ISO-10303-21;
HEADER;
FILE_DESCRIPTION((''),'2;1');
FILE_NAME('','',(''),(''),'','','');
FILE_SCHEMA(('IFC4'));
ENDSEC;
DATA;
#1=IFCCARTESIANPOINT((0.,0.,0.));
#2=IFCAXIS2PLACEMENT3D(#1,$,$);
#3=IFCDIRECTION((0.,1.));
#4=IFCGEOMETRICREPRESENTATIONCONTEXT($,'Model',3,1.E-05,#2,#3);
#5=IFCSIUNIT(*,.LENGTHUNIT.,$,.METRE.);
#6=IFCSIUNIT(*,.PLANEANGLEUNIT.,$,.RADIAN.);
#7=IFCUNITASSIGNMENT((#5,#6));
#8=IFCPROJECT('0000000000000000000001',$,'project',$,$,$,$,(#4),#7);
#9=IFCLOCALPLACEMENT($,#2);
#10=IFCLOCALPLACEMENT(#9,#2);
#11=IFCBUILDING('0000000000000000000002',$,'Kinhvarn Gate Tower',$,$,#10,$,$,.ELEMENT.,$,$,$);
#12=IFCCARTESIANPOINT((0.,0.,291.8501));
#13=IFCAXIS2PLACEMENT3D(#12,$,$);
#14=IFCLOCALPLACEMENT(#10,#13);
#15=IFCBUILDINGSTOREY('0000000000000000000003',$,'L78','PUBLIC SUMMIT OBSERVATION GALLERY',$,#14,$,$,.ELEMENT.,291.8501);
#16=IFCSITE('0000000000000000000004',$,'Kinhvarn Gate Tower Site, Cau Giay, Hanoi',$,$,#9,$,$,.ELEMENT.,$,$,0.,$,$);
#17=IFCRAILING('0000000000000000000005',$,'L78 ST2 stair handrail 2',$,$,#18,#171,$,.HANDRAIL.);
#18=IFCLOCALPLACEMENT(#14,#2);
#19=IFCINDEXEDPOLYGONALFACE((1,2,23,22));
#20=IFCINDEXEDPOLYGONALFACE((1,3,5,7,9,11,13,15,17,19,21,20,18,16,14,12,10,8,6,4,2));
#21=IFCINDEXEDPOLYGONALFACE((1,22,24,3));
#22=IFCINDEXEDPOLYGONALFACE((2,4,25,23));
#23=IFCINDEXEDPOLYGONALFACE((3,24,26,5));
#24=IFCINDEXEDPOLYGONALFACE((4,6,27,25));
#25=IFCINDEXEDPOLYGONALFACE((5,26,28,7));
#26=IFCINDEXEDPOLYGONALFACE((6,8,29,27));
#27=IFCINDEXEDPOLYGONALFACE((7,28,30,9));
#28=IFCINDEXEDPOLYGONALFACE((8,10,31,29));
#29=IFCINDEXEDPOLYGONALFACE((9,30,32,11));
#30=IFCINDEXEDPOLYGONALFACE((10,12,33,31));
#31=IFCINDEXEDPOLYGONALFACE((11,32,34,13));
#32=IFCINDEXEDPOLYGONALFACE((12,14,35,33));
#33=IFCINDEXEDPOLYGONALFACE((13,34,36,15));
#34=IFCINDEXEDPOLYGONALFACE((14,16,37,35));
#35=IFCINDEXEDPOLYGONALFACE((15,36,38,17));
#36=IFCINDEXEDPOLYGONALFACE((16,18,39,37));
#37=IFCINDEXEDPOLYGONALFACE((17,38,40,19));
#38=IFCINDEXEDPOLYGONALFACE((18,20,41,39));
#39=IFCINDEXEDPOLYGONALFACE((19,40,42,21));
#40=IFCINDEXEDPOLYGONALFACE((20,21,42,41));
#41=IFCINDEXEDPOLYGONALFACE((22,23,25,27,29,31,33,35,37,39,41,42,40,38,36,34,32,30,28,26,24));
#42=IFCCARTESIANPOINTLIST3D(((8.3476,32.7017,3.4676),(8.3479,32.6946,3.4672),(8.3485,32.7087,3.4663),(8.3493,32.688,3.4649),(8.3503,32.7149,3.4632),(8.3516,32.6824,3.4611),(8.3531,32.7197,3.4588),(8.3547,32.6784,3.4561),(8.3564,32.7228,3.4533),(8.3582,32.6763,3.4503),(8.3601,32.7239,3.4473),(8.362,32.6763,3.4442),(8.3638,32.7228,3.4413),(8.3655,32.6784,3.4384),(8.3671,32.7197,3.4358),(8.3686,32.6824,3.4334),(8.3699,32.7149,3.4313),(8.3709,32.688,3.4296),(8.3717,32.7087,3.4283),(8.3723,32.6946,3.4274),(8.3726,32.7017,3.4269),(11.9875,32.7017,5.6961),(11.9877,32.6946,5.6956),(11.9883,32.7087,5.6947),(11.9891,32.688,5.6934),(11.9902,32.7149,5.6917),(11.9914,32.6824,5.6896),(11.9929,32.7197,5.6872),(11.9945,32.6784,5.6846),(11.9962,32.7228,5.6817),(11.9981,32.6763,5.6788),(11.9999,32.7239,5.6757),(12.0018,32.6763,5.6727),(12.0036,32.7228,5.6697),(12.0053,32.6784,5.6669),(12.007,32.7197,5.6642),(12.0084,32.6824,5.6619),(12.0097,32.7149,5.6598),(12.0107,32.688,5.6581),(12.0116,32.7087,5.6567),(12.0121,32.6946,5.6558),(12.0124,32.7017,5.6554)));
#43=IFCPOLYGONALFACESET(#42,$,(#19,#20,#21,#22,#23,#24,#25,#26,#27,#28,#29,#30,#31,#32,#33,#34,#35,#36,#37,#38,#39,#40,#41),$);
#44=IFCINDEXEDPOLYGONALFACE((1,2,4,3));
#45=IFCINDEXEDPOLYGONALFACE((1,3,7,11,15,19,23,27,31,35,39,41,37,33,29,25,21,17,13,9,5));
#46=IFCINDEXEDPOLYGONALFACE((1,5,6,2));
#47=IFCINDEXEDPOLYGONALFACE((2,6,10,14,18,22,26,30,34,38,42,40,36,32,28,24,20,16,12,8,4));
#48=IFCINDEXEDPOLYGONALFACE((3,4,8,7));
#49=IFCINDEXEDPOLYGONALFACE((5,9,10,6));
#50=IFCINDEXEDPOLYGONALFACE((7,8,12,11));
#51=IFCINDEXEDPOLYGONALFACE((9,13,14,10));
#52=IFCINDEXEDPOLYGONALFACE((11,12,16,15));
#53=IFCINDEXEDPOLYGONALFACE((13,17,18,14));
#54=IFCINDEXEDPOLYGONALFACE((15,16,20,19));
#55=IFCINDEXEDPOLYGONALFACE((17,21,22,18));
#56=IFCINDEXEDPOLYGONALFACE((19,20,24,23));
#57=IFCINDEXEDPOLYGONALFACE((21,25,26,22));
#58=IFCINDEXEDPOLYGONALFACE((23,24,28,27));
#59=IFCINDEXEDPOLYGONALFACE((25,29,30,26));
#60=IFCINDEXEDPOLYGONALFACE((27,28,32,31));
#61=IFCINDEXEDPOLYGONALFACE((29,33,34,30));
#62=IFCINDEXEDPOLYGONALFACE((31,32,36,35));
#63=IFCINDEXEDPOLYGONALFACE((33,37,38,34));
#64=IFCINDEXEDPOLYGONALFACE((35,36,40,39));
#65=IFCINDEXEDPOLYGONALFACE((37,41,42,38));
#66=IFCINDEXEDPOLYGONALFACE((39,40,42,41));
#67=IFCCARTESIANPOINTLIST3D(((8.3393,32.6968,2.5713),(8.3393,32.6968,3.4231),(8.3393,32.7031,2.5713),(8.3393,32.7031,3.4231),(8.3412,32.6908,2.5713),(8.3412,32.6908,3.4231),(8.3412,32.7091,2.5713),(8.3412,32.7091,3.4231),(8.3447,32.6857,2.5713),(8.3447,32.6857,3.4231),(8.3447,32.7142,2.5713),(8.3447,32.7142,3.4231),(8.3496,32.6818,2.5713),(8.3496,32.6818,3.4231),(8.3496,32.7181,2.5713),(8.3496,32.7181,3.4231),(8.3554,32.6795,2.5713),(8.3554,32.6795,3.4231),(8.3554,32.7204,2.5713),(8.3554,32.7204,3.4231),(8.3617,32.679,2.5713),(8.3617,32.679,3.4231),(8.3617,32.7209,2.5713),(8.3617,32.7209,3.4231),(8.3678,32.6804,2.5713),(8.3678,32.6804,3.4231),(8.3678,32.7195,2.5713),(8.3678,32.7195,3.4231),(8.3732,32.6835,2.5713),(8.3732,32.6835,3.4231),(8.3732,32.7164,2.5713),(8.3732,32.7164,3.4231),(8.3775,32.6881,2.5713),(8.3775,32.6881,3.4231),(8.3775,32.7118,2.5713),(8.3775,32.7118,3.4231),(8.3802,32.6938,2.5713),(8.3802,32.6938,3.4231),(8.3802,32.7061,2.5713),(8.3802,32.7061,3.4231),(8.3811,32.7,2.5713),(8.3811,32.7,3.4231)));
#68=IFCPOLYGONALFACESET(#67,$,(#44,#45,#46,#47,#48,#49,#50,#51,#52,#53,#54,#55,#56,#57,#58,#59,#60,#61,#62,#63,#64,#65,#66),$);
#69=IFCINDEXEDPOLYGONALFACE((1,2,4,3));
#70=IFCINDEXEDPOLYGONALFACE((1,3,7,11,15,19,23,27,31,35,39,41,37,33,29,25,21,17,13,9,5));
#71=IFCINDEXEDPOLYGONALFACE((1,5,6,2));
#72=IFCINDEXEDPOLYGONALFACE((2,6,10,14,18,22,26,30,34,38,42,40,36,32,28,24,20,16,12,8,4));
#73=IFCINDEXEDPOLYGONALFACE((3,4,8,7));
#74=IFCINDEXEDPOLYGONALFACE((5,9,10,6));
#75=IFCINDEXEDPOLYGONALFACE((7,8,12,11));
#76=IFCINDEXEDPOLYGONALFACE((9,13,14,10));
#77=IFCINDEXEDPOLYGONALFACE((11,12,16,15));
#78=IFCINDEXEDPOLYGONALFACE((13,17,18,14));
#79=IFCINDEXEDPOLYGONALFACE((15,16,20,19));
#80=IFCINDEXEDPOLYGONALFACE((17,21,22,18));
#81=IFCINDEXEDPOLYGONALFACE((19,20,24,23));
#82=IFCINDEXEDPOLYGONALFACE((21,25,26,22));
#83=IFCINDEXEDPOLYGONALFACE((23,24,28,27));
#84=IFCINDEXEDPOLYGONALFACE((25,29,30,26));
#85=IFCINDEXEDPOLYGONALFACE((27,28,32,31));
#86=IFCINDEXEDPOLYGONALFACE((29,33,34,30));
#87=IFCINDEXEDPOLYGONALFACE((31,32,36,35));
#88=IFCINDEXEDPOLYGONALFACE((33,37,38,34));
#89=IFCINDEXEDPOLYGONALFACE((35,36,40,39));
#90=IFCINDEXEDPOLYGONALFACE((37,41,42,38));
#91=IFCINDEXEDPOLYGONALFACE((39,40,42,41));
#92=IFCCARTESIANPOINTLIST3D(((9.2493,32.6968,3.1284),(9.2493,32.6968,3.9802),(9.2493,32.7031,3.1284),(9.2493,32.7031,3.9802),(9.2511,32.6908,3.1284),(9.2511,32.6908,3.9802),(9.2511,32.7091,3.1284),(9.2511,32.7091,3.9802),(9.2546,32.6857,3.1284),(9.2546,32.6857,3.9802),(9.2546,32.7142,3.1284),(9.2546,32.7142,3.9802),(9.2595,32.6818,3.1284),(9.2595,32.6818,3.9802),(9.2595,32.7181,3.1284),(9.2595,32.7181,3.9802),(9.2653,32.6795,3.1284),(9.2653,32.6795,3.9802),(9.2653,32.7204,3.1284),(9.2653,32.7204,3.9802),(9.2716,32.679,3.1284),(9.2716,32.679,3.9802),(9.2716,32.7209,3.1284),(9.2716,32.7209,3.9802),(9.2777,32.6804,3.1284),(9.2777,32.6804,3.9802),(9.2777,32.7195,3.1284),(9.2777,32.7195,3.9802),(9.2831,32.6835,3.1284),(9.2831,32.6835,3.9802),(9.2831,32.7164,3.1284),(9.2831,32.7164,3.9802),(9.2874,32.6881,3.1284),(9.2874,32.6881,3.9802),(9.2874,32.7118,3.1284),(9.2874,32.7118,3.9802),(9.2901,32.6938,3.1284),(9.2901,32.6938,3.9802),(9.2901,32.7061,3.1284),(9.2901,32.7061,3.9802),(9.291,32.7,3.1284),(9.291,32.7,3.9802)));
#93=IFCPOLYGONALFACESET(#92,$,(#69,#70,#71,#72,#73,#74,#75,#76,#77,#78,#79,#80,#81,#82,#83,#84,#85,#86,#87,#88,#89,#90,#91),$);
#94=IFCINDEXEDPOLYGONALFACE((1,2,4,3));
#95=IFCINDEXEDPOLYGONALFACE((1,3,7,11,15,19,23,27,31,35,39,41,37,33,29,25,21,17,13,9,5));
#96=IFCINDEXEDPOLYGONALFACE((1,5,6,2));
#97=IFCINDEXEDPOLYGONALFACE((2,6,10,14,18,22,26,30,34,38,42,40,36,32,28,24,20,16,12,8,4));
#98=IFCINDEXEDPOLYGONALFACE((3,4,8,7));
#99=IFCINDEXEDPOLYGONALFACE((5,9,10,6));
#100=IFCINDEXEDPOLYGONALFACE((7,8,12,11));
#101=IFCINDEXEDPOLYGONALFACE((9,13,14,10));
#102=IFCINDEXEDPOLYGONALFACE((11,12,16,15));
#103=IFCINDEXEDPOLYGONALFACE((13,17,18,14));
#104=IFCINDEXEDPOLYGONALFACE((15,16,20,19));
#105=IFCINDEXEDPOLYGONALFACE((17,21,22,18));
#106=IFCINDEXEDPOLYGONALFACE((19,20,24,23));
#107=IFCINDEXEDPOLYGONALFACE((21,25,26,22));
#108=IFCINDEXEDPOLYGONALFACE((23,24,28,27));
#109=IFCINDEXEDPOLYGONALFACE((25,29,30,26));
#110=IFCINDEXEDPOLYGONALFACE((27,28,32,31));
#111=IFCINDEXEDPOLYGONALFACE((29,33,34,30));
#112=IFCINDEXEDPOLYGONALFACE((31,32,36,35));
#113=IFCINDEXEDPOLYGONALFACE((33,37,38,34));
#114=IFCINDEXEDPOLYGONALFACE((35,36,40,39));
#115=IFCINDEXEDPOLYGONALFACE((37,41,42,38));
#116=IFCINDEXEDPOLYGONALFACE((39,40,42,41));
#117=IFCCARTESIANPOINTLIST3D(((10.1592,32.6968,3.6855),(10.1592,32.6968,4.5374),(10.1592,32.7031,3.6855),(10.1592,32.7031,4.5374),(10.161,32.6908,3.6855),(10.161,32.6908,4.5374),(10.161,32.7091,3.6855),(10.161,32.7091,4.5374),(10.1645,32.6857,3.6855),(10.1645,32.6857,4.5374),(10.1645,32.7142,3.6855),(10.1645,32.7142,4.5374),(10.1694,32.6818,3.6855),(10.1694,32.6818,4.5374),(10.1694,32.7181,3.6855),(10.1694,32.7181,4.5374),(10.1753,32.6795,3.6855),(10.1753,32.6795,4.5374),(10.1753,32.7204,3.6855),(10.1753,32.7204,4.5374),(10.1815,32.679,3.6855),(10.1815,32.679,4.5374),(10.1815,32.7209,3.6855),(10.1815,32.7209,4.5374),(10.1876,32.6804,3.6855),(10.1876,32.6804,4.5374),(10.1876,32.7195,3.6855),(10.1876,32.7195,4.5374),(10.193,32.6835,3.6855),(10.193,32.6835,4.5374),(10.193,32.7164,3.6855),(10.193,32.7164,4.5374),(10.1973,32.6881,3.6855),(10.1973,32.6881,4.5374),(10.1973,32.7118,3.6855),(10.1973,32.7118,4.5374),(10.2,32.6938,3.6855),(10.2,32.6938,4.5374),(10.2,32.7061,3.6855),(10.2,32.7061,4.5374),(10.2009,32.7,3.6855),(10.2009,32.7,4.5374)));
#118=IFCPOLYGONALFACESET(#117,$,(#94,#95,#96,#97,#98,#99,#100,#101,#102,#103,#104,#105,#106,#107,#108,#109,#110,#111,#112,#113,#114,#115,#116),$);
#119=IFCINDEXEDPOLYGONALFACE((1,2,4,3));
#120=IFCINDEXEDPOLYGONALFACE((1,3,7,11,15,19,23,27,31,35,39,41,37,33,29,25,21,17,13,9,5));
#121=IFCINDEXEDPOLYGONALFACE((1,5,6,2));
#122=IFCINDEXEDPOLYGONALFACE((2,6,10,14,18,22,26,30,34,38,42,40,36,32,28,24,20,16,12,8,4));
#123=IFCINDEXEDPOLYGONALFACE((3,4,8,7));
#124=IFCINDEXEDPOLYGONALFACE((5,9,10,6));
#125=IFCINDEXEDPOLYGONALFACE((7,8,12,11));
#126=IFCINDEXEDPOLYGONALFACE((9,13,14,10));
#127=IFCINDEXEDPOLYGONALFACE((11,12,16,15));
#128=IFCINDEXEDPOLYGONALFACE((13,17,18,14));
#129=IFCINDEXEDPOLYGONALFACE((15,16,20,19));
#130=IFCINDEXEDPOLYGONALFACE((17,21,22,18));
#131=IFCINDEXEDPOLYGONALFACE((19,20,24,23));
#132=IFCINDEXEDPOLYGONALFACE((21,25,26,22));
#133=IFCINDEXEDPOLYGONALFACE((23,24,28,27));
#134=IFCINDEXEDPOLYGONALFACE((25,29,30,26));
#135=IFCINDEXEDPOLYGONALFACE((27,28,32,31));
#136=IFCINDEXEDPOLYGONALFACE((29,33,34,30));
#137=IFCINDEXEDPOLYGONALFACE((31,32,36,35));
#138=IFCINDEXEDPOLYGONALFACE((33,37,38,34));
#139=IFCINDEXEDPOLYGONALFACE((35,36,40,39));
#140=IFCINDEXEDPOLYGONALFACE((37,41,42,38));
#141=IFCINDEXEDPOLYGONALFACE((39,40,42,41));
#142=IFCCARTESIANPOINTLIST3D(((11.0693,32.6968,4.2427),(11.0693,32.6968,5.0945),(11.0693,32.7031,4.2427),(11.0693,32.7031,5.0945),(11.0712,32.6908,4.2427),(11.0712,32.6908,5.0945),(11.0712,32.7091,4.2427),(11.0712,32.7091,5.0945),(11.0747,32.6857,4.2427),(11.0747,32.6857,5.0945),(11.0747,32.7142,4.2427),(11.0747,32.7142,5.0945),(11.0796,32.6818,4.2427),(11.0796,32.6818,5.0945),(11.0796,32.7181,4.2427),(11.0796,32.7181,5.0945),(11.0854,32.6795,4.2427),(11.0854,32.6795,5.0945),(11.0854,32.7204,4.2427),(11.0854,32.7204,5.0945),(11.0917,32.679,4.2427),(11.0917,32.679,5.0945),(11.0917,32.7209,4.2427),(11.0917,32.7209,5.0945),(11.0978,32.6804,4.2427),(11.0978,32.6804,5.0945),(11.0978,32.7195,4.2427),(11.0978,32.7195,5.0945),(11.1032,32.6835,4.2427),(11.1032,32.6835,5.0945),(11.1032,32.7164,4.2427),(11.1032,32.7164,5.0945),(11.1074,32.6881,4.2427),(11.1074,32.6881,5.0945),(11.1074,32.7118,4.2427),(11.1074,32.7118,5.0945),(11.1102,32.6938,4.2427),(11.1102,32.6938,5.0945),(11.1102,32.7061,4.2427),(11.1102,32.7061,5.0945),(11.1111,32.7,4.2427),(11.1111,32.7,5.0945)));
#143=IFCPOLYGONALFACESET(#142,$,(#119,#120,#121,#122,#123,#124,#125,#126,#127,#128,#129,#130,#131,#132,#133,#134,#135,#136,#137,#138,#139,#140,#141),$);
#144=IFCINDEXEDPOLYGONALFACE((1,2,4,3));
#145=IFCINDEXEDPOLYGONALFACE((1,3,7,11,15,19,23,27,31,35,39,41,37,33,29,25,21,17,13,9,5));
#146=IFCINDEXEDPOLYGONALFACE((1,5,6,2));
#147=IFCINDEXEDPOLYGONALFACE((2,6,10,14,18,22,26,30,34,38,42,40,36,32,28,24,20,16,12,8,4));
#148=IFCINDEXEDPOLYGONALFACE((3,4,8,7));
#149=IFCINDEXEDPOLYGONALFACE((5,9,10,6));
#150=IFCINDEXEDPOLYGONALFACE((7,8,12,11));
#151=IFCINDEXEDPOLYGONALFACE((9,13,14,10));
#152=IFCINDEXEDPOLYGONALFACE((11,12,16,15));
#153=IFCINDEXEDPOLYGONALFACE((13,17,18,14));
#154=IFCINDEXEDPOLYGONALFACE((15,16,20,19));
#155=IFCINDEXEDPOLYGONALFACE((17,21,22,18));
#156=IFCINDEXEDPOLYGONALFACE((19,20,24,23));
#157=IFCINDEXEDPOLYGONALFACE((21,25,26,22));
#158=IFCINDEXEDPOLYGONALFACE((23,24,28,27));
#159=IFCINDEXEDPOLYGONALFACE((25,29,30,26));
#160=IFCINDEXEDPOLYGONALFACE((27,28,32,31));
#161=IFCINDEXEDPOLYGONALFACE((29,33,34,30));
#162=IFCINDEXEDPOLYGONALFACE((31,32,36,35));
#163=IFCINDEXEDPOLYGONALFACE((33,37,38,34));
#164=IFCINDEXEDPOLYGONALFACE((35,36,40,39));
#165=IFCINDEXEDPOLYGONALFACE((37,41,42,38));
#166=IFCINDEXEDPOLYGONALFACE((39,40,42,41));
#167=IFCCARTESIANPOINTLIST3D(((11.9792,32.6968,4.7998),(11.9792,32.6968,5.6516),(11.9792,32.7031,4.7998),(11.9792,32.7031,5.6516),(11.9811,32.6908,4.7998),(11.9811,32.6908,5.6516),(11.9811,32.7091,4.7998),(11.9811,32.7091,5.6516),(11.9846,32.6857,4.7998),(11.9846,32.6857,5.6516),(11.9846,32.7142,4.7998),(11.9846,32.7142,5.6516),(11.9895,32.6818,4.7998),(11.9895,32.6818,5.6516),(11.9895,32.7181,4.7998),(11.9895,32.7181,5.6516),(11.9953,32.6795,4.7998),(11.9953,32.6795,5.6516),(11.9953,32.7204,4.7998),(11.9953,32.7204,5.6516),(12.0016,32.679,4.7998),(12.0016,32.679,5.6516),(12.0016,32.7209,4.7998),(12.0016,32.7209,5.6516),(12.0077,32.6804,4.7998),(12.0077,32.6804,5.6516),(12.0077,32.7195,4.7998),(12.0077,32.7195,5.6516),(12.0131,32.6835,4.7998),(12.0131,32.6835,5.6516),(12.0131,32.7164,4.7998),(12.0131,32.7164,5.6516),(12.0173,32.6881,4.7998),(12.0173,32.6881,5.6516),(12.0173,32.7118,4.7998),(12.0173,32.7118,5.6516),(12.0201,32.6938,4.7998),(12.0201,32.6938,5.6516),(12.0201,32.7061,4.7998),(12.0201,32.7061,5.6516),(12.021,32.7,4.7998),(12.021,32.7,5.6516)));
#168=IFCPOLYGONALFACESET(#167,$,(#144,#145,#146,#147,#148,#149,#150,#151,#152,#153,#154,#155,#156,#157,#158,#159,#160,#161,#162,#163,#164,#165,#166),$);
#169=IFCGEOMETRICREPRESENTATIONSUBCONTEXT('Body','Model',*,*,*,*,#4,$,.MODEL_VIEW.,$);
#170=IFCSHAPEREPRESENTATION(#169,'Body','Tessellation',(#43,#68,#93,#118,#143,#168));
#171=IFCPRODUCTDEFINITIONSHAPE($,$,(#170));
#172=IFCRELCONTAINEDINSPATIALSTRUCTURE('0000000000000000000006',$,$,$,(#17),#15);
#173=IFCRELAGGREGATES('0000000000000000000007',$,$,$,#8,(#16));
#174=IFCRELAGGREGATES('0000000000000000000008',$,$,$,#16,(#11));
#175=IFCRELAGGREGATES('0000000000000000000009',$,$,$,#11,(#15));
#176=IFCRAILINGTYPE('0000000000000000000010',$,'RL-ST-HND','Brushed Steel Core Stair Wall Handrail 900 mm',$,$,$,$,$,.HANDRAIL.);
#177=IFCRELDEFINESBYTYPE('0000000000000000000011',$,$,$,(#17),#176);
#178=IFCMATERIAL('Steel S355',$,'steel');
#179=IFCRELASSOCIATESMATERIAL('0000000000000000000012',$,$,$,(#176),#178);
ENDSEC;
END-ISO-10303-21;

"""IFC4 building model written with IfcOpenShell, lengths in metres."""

from ifc_helpers import new_model, si_unit, direction, frame, origin, origin_2d, place, context, subcontext, project, spatial, circle, extrude, material, type_object, element, save


model = new_model("IFC4")

# Units and contexts
model_context = context("Model", 3, precision=1e-05, world=origin(), true_north=direction((0.0, 1.0)))
body_context = subcontext(model_context, "Body", "Model", "MODEL_VIEW")
ifc_project = project(units=[si_unit("LENGTHUNIT", "METRE"), si_unit("PLANEANGLEUNIT", "RADIAN")], contexts=[model_context])

# Site, building, storey
site_placement = place(None, origin())
site = spatial("IfcSite", under=ifc_project, at=site_placement, Name="Kinhvarn Gate Tower Site, Cau Giay, Hanoi", CompositionType="ELEMENT", RefElevation=0.0)
building_placement = place(site_placement, origin())
building = spatial("IfcBuilding", under=site, at=building_placement, Name="Kinhvarn Gate Tower", CompositionType="ELEMENT")
storey_placement = place(building_placement, frame((0.0, 0.0, 291.8501)))
storey = spatial("IfcBuildingStorey", under=building, at=storey_placement, Name="L78", Description="PUBLIC SUMMIT OBSERVATION GALLERY", CompositionType="ELEMENT", Elevation=291.8501)

# Railing
ifc_material_1 = material(Name="Steel S355", Category="steel")
railing_type = type_object("IfcRailingType", Name="RL-ST-HND", Description="Brushed Steel Core Stair Wall Handrail 900 mm", PredefinedType="HANDRAIL", material=ifc_material_1)
railing_placement = place(storey_placement, frame((8.3601, 32.7, 2.5713)))
element("IfcRailing", 1, at=railing_placement, inside=storey, type_object=railing_type, Name="L78 ST2 stair handrail 2", PredefinedType="HANDRAIL", context=body_context, shape_type="SweptSolid", body=[
    extrude(circle(Radius=0.0239, at=origin_2d()), frame((0.0, 0.0, 0.876), z_axis=(0.85285, 0.0, 0.522156), x_axis=(0.0, 1.0, 0.0)), (0.0, 0.0, 1.0), 4.2678),
    extrude(circle(Radius=0.021, at=origin_2d()), origin(), (0.0, 0.0, 1.0), 0.8518),
    extrude(circle(Radius=0.021, at=origin_2d()), frame((0.9099, 0.0, 0.5571)), (0.0, 0.0, 1.0), 0.8518),
    extrude(circle(Radius=0.021, at=origin_2d()), frame((1.8198, 0.0, 1.1143)), (0.0, 0.0, 1.0), 0.8518),
    extrude(circle(Radius=0.021, at=origin_2d()), frame((2.73, 0.0, 1.6714)), (0.0, 0.0, 1.0), 0.8518),
    extrude(circle(Radius=0.021, at=origin_2d()), frame((3.6399, 0.0, 2.2285)), (0.0, 0.0, 1.0), 0.8518),
])

save(model, "model.ifc")
